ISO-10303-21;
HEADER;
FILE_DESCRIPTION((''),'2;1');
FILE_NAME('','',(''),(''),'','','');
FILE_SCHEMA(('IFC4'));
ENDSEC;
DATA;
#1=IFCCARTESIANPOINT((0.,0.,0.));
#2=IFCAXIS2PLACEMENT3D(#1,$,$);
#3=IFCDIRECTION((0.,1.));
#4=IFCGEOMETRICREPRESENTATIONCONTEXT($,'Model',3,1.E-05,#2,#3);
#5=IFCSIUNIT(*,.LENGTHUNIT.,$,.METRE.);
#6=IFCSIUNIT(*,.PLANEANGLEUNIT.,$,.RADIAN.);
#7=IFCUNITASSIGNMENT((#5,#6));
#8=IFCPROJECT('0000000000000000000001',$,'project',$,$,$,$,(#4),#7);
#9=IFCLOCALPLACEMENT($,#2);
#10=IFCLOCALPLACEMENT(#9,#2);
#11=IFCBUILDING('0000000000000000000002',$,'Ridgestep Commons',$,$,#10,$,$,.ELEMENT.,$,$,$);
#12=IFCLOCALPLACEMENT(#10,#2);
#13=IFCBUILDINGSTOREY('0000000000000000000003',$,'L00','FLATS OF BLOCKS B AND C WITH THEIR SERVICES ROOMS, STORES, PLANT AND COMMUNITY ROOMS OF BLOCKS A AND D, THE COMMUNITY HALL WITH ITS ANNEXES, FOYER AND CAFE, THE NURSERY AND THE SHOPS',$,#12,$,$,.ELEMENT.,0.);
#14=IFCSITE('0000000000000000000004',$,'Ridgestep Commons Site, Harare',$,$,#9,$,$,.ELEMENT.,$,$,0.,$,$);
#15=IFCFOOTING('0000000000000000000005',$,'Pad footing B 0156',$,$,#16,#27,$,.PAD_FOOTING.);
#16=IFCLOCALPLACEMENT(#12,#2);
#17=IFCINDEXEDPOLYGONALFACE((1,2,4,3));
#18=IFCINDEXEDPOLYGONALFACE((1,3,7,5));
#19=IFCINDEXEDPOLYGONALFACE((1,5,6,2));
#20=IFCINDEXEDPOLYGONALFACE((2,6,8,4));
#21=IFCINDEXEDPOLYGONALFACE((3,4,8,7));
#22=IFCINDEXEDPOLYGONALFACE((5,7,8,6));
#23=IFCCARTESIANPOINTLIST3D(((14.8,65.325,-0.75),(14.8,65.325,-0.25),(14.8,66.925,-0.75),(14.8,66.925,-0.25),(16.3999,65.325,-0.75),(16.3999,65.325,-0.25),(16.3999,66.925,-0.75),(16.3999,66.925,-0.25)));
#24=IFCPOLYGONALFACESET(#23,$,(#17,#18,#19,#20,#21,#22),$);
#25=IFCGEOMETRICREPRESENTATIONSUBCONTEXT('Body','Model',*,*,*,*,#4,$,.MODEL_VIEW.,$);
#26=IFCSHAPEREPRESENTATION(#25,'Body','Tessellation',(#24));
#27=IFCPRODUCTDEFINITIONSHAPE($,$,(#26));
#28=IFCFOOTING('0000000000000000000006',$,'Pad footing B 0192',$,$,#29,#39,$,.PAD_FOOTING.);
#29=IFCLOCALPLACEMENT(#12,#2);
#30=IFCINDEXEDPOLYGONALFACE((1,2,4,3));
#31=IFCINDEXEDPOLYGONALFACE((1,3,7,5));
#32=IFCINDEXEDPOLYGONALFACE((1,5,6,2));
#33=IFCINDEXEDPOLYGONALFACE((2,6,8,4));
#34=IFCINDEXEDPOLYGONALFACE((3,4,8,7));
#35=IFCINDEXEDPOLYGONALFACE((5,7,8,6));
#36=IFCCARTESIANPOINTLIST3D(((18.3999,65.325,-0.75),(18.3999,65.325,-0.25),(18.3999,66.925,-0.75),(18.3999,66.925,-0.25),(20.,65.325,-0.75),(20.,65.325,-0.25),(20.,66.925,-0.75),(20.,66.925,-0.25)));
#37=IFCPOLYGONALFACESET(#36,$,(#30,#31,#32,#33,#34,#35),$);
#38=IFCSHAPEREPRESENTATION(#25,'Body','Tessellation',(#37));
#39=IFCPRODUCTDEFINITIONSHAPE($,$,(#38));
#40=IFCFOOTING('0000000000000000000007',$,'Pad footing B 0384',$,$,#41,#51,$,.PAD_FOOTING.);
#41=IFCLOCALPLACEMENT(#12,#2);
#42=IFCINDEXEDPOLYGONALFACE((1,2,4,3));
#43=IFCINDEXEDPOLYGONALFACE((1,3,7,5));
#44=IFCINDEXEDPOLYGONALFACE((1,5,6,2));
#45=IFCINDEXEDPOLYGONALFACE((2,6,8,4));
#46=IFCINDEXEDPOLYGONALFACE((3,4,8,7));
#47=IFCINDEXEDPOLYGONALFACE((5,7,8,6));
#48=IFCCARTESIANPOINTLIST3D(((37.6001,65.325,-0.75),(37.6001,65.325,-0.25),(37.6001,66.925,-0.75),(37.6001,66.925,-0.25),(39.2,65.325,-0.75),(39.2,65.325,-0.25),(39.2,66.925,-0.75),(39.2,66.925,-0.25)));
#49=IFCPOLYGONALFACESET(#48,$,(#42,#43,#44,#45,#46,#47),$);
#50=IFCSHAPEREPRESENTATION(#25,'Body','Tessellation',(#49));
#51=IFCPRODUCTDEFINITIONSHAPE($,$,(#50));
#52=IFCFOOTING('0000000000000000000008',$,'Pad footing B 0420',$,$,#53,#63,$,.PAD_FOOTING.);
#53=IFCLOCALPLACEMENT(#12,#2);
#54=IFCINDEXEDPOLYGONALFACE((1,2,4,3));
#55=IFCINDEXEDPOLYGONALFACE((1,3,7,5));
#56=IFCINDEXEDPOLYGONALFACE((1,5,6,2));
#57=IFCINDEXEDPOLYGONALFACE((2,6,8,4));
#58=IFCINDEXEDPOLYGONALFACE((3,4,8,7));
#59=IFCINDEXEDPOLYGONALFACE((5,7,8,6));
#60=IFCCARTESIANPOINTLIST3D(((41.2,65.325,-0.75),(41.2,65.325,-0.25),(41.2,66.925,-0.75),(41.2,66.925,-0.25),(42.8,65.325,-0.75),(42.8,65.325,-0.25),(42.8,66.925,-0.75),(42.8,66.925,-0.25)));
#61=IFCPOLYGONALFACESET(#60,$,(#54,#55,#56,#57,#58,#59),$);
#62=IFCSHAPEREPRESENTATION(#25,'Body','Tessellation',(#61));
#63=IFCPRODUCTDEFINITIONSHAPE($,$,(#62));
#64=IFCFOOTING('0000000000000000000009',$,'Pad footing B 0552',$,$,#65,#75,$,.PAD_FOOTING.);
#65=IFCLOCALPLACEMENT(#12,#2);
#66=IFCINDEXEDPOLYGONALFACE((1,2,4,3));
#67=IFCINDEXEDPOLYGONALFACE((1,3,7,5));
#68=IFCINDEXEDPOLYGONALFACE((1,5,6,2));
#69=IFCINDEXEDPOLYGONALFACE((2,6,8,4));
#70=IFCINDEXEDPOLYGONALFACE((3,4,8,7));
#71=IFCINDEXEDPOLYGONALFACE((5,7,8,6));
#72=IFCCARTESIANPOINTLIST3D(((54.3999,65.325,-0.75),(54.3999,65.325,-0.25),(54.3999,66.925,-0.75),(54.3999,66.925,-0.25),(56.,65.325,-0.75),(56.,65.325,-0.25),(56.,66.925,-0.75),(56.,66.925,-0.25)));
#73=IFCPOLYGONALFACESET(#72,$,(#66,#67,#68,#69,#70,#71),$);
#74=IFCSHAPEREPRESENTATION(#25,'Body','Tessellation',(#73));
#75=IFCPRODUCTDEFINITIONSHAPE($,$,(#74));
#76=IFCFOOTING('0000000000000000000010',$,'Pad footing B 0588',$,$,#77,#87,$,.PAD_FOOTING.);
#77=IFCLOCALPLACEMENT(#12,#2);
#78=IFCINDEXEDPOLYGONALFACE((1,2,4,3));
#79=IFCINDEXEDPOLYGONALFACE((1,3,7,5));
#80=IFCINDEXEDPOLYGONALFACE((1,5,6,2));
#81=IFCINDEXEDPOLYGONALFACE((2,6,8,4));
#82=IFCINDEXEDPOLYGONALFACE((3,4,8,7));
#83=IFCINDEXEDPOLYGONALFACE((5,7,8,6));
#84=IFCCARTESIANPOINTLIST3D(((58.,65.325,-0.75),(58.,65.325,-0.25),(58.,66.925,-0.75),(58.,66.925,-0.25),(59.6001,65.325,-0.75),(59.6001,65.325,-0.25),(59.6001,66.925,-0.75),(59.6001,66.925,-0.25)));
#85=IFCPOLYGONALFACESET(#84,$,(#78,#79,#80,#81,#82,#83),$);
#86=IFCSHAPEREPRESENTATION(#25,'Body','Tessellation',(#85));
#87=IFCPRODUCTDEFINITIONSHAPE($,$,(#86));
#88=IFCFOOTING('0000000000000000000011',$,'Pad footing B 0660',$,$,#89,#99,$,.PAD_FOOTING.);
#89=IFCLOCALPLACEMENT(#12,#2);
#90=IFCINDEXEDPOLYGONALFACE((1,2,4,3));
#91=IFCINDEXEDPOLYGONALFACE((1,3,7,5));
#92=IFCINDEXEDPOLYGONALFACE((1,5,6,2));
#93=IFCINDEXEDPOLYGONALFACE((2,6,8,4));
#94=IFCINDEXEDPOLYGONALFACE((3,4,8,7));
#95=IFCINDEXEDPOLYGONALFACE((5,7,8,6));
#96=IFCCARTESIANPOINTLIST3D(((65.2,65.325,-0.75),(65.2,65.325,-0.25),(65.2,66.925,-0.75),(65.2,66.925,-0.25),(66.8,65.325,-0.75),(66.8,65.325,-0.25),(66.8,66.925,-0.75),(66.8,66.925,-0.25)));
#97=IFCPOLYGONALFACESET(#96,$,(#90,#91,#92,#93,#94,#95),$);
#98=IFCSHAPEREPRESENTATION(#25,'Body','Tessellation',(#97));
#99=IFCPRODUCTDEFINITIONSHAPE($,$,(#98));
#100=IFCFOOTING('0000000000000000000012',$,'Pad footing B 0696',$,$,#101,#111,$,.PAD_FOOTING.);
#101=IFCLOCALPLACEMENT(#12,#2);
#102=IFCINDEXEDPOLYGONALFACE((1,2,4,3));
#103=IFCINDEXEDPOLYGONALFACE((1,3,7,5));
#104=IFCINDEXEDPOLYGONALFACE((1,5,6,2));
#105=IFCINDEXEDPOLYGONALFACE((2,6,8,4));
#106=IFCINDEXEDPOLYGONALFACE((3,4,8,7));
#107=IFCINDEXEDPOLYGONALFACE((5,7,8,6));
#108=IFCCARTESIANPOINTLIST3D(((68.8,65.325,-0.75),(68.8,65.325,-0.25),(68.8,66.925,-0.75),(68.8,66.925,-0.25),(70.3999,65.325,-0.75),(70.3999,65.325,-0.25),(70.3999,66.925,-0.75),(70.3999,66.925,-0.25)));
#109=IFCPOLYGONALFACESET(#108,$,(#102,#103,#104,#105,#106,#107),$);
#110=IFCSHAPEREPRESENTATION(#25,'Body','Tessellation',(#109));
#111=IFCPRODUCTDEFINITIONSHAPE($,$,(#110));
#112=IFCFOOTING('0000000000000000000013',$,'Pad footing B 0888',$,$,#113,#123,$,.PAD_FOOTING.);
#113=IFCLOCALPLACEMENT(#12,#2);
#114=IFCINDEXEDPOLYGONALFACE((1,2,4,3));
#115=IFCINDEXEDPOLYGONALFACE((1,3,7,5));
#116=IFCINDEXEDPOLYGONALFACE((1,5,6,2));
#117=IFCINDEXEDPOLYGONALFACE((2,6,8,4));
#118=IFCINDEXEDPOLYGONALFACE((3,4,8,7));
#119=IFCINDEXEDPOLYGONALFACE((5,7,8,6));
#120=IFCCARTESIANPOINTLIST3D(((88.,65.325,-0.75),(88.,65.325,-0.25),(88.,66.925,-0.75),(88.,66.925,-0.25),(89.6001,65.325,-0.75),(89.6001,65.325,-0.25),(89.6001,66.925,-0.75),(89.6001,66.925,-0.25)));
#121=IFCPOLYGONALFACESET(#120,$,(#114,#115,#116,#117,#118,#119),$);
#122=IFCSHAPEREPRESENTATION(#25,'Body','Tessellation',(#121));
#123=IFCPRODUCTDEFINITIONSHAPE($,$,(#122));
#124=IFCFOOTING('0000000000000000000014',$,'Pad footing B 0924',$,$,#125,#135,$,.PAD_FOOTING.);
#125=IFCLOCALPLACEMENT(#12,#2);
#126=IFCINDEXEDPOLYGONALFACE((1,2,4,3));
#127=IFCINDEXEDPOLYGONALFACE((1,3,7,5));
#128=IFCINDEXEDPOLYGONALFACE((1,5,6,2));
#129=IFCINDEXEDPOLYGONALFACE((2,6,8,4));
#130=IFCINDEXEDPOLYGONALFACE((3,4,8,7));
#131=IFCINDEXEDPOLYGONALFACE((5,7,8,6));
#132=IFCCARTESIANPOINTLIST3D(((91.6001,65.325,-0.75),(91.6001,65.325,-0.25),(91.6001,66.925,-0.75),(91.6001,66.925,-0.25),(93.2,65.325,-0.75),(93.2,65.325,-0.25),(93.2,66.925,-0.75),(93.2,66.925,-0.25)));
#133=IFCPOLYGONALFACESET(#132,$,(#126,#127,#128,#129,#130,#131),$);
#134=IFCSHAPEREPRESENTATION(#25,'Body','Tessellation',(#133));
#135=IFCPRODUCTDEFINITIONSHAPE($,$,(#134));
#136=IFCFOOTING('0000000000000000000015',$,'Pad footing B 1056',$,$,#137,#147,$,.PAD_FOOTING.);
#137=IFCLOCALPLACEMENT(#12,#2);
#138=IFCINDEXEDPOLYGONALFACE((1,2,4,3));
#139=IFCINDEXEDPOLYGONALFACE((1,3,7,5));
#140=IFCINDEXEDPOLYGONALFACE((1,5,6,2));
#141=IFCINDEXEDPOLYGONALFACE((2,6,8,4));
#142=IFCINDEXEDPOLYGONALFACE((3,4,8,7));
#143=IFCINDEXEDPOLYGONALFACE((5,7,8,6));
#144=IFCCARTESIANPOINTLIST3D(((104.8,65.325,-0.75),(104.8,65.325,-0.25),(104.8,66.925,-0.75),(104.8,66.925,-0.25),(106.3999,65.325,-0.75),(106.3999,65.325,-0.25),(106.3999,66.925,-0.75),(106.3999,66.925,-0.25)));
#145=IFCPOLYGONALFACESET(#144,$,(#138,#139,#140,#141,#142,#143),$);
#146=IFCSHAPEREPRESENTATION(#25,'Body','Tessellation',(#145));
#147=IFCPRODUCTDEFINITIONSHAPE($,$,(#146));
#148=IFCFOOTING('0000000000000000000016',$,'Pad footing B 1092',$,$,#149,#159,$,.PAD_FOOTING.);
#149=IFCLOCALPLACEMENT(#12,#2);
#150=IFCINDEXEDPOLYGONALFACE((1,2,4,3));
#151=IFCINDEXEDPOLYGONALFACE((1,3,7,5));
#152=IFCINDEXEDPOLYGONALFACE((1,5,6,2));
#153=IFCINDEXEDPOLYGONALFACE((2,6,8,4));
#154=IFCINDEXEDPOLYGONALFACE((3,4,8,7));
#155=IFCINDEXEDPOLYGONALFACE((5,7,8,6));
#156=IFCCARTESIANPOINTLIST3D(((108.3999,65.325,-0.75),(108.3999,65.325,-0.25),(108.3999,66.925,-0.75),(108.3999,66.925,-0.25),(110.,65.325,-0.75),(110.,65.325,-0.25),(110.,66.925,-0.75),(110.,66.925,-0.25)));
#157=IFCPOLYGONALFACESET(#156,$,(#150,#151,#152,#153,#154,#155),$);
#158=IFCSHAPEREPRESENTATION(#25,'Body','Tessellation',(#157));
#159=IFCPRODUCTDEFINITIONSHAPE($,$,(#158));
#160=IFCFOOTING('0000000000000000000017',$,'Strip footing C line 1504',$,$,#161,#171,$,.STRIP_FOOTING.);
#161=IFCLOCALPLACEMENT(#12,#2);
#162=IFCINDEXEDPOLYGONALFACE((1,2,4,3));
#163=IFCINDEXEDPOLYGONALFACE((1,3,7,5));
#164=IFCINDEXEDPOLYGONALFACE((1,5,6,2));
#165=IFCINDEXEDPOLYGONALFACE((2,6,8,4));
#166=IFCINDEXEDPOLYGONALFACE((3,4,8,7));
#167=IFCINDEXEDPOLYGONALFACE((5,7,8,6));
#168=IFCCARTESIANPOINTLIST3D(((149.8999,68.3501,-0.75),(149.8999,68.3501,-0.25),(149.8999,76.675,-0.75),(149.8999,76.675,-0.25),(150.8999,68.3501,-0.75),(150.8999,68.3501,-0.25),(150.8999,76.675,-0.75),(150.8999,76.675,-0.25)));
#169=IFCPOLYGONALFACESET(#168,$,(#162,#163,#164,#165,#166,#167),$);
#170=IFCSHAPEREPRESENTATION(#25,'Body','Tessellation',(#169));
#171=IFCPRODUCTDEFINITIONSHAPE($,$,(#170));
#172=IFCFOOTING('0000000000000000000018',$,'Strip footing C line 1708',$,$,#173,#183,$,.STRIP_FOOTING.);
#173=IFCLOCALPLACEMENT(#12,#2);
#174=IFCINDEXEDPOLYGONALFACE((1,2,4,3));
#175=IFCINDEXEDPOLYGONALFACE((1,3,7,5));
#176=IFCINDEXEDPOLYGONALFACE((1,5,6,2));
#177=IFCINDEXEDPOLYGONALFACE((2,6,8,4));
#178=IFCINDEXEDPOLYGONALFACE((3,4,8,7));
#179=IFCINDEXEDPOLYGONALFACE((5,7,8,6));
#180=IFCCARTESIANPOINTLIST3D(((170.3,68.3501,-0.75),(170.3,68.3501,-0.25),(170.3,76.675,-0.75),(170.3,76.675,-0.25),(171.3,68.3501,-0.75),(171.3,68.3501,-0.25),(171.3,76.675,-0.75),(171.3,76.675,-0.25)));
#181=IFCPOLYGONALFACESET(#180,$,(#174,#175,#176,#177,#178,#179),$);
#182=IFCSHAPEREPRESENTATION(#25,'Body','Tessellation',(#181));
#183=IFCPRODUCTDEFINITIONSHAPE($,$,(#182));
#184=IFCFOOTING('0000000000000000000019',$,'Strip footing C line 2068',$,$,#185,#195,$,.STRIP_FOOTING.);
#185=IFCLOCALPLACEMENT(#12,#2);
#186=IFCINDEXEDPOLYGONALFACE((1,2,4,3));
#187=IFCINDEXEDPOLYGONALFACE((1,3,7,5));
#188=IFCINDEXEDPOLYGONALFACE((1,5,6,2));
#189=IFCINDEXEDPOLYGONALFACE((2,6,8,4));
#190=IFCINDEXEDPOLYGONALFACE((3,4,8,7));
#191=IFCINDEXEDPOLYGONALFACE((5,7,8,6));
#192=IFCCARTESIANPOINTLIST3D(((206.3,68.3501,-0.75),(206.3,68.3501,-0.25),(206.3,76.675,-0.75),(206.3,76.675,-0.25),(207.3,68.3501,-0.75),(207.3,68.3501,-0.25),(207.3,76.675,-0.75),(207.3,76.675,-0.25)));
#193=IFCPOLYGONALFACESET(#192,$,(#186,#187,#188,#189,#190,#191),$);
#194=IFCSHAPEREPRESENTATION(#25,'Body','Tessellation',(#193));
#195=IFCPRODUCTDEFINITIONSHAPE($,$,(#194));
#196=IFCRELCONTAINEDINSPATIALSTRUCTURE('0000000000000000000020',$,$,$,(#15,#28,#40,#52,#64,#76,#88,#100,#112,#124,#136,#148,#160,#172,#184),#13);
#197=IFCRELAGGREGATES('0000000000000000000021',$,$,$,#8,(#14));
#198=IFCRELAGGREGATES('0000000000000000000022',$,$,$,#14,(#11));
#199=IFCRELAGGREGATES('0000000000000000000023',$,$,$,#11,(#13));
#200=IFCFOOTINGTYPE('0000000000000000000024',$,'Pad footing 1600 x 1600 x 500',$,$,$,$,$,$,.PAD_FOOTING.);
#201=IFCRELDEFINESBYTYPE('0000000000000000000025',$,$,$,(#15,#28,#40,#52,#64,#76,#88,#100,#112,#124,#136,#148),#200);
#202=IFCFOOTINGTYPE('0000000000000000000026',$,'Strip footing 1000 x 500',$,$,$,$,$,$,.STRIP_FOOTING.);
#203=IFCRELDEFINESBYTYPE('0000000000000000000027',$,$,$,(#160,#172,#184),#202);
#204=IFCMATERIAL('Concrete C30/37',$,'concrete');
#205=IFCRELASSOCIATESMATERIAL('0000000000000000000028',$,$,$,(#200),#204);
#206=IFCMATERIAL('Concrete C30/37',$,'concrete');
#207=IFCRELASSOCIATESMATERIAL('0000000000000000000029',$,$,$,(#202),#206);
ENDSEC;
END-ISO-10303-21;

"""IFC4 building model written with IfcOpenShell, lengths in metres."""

from ifc_helpers import new_model, si_unit, direction, frame, origin, place, context, subcontext, project, spatial, polyline, outline, extrude, material, type_object, element, save


model = new_model("IFC4")

# Units and contexts
model_context = context("Model", 3, precision=1e-05, world=origin(), true_north=direction((0.0, 1.0)))
body_context = subcontext(model_context, "Body", "Model", "MODEL_VIEW")
ifc_project = project(units=[si_unit("LENGTHUNIT", "METRE"), si_unit("PLANEANGLEUNIT", "RADIAN")], contexts=[model_context])

# Site, building, storey
site_placement = place(None, origin())
site = spatial("IfcSite", under=ifc_project, at=site_placement, Name="Ridgestep Commons Site, Harare", CompositionType="ELEMENT", RefElevation=0.0)
building_placement = place(site_placement, origin())
building = spatial("IfcBuilding", under=site, at=building_placement, Name="Ridgestep Commons", CompositionType="ELEMENT")
storey_placement = place(building_placement, origin())
storey = spatial("IfcBuildingStorey", under=building, at=storey_placement, Name="L00", Description="FLATS OF BLOCKS B AND C WITH THEIR SERVICES ROOMS, STORES, PLANT AND COMMUNITY ROOMS OF BLOCKS A AND D, THE COMMUNITY HALL WITH ITS ANNEXES, FOYER AND CAFE, THE NURSERY AND THE SHOPS", CompositionType="ELEMENT", Elevation=0.0)

# Footings
ifc_material_1 = material(Name="Concrete C30/37", Category="concrete")
footing_type_1 = type_object("IfcFootingType", Name="Pad footing 1600 x 1600 x 500", PredefinedType="PAD_FOOTING", material=ifc_material_1)
footing_1_placement = place(storey_placement, frame((0.0, 0.0, -0.75)))
element("IfcFooting", 1, at=footing_1_placement, inside=storey, type_object=footing_type_1, Name="Pad footing B 0156", PredefinedType="PAD_FOOTING", context=body_context, shape_type="SweptSolid", body=[
    extrude(outline(polyline([(16.3999, 65.325), (16.3999, 66.925), (14.8, 66.925), (14.8, 65.325), (16.3999, 65.325)])), origin(), (0.0, 0.0, 1.0), 0.5),
])
footing_2_placement = place(storey_placement, frame((0.0, 0.0, -0.75)))
element("IfcFooting", 2, at=footing_2_placement, inside=storey, type_object=footing_type_1, Name="Pad footing B 0192", PredefinedType="PAD_FOOTING", context=body_context, shape_type="SweptSolid", body=[
    extrude(outline(polyline([(20.0, 65.325), (20.0, 66.925), (18.3999, 66.925), (18.3999, 65.325), (20.0, 65.325)])), origin(), (0.0, 0.0, 1.0), 0.5),
])
footing_3_placement = place(storey_placement, frame((0.0, 0.0, -0.75)))
element("IfcFooting", 3, at=footing_3_placement, inside=storey, type_object=footing_type_1, Name="Pad footing B 0384", PredefinedType="PAD_FOOTING", context=body_context, shape_type="SweptSolid", body=[
    extrude(outline(polyline([(39.2, 65.325), (39.2, 66.925), (37.6001, 66.925), (37.6001, 65.325), (39.2, 65.325)])), origin(), (0.0, 0.0, 1.0), 0.5),
])
footing_4_placement = place(storey_placement, frame((0.0, 0.0, -0.75)))
element("IfcFooting", 4, at=footing_4_placement, inside=storey, type_object=footing_type_1, Name="Pad footing B 0420", PredefinedType="PAD_FOOTING", context=body_context, shape_type="SweptSolid", body=[
    extrude(outline(polyline([(42.8, 65.325), (42.8, 66.925), (41.2, 66.925), (41.2, 65.325), (42.8, 65.325)])), origin(), (0.0, 0.0, 1.0), 0.5),
])
footing_5_placement = place(storey_placement, frame((0.0, 0.0, -0.75)))
element("IfcFooting", 5, at=footing_5_placement, inside=storey, type_object=footing_type_1, Name="Pad footing B 0552", PredefinedType="PAD_FOOTING", context=body_context, shape_type="SweptSolid", body=[
    extrude(outline(polyline([(56.0, 65.325), (56.0, 66.925), (54.3999, 66.925), (54.3999, 65.325), (56.0, 65.325)])), origin(), (0.0, 0.0, 1.0), 0.5),
])
footing_6_placement = place(storey_placement, frame((0.0, 0.0, -0.75)))
element("IfcFooting", 6, at=footing_6_placement, inside=storey, type_object=footing_type_1, Name="Pad footing B 0588", PredefinedType="PAD_FOOTING", context=body_context, shape_type="SweptSolid", body=[
    extrude(outline(polyline([(59.6001, 65.325), (59.6001, 66.925), (58.0, 66.925), (58.0, 65.325), (59.6001, 65.325)])), origin(), (0.0, 0.0, 1.0), 0.5),
])
footing_7_placement = place(storey_placement, frame((0.0, 0.0, -0.75)))
element("IfcFooting", 7, at=footing_7_placement, inside=storey, type_object=footing_type_1, Name="Pad footing B 0660", PredefinedType="PAD_FOOTING", context=body_context, shape_type="SweptSolid", body=[
    extrude(outline(polyline([(66.8, 65.325), (66.8, 66.925), (65.2, 66.925), (65.2, 65.325), (66.8, 65.325)])), origin(), (0.0, 0.0, 1.0), 0.5),
])
footing_8_placement = place(storey_placement, frame((0.0, 0.0, -0.75)))
element("IfcFooting", 8, at=footing_8_placement, inside=storey, type_object=footing_type_1, Name="Pad footing B 0696", PredefinedType="PAD_FOOTING", context=body_context, shape_type="SweptSolid", body=[
    extrude(outline(polyline([(70.3999, 65.325), (70.3999, 66.925), (68.8, 66.925), (68.8, 65.325), (70.3999, 65.325)])), origin(), (0.0, 0.0, 1.0), 0.5),
])
footing_9_placement = place(storey_placement, frame((0.0, 0.0, -0.75)))
element("IfcFooting", 9, at=footing_9_placement, inside=storey, type_object=footing_type_1, Name="Pad footing B 0888", PredefinedType="PAD_FOOTING", context=body_context, shape_type="SweptSolid", body=[
    extrude(outline(polyline([(89.6001, 65.325), (89.6001, 66.925), (88.0, 66.925), (88.0, 65.325), (89.6001, 65.325)])), origin(), (0.0, 0.0, 1.0), 0.5),
])
footing_10_placement = place(storey_placement, frame((0.0, 0.0, -0.75)))
element("IfcFooting", 10, at=footing_10_placement, inside=storey, type_object=footing_type_1, Name="Pad footing B 0924", PredefinedType="PAD_FOOTING", context=body_context, shape_type="SweptSolid", body=[
    extrude(outline(polyline([(93.2, 65.325), (93.2, 66.925), (91.6001, 66.925), (91.6001, 65.325), (93.2, 65.325)])), origin(), (0.0, 0.0, 1.0), 0.5),
])
footing_11_placement = place(storey_placement, frame((0.0, 0.0, -0.75)))
element("IfcFooting", 11, at=footing_11_placement, inside=storey, type_object=footing_type_1, Name="Pad footing B 1056", PredefinedType="PAD_FOOTING", context=body_context, shape_type="SweptSolid", body=[
    extrude(outline(polyline([(106.3999, 65.325), (106.3999, 66.925), (104.8, 66.925), (104.8, 65.325), (106.3999, 65.325)])), origin(), (0.0, 0.0, 1.0), 0.5),
])
footing_12_placement = place(storey_placement, frame((0.0, 0.0, -0.75)))
element("IfcFooting", 12, at=footing_12_placement, inside=storey, type_object=footing_type_1, Name="Pad footing B 1092", PredefinedType="PAD_FOOTING", context=body_context, shape_type="SweptSolid", body=[
    extrude(outline(polyline([(110.0, 65.325), (110.0, 66.925), (108.3999, 66.925), (108.3999, 65.325), (110.0, 65.325)])), origin(), (0.0, 0.0, 1.0), 0.5),
])
ifc_material_2 = material(Name="Concrete C30/37", Category="concrete")
footing_type_2 = type_object("IfcFootingType", Name="Strip footing 1000 x 500", PredefinedType="STRIP_FOOTING", material=ifc_material_2)
footing_13_placement = place(storey_placement, frame((0.0, 0.0, -0.75)))
element("IfcFooting", 13, at=footing_13_placement, inside=storey, type_object=footing_type_2, Name="Strip footing C line 1504", PredefinedType="STRIP_FOOTING", context=body_context, shape_type="SweptSolid", body=[
    extrude(outline(polyline([(150.8999, 68.3501), (150.8999, 76.675), (149.8999, 76.675), (149.8999, 68.3501), (150.8999, 68.3501)])), origin(), (0.0, 0.0, 1.0), 0.5),
])
footing_14_placement = place(storey_placement, frame((0.0, 0.0, -0.75)))
element("IfcFooting", 14, at=footing_14_placement, inside=storey, type_object=footing_type_2, Name="Strip footing C line 1708", PredefinedType="STRIP_FOOTING", context=body_context, shape_type="SweptSolid", body=[
    extrude(outline(polyline([(171.3, 68.3501), (171.3, 76.675), (170.3, 76.675), (170.3, 68.3501), (171.3, 68.3501)])), origin(), (0.0, 0.0, 1.0), 0.5),
])
footing_15_placement = place(storey_placement, frame((0.0, 0.0, -0.75)))
element("IfcFooting", 15, at=footing_15_placement, inside=storey, type_object=footing_type_2, Name="Strip footing C line 2068", PredefinedType="STRIP_FOOTING", context=body_context, shape_type="SweptSolid", body=[
    extrude(outline(polyline([(207.3, 68.3501), (207.3, 76.675), (206.3, 76.675), (206.3, 68.3501), (207.3, 68.3501)])), origin(), (0.0, 0.0, 1.0), 0.5),
])

save(model, "model.ifc")
